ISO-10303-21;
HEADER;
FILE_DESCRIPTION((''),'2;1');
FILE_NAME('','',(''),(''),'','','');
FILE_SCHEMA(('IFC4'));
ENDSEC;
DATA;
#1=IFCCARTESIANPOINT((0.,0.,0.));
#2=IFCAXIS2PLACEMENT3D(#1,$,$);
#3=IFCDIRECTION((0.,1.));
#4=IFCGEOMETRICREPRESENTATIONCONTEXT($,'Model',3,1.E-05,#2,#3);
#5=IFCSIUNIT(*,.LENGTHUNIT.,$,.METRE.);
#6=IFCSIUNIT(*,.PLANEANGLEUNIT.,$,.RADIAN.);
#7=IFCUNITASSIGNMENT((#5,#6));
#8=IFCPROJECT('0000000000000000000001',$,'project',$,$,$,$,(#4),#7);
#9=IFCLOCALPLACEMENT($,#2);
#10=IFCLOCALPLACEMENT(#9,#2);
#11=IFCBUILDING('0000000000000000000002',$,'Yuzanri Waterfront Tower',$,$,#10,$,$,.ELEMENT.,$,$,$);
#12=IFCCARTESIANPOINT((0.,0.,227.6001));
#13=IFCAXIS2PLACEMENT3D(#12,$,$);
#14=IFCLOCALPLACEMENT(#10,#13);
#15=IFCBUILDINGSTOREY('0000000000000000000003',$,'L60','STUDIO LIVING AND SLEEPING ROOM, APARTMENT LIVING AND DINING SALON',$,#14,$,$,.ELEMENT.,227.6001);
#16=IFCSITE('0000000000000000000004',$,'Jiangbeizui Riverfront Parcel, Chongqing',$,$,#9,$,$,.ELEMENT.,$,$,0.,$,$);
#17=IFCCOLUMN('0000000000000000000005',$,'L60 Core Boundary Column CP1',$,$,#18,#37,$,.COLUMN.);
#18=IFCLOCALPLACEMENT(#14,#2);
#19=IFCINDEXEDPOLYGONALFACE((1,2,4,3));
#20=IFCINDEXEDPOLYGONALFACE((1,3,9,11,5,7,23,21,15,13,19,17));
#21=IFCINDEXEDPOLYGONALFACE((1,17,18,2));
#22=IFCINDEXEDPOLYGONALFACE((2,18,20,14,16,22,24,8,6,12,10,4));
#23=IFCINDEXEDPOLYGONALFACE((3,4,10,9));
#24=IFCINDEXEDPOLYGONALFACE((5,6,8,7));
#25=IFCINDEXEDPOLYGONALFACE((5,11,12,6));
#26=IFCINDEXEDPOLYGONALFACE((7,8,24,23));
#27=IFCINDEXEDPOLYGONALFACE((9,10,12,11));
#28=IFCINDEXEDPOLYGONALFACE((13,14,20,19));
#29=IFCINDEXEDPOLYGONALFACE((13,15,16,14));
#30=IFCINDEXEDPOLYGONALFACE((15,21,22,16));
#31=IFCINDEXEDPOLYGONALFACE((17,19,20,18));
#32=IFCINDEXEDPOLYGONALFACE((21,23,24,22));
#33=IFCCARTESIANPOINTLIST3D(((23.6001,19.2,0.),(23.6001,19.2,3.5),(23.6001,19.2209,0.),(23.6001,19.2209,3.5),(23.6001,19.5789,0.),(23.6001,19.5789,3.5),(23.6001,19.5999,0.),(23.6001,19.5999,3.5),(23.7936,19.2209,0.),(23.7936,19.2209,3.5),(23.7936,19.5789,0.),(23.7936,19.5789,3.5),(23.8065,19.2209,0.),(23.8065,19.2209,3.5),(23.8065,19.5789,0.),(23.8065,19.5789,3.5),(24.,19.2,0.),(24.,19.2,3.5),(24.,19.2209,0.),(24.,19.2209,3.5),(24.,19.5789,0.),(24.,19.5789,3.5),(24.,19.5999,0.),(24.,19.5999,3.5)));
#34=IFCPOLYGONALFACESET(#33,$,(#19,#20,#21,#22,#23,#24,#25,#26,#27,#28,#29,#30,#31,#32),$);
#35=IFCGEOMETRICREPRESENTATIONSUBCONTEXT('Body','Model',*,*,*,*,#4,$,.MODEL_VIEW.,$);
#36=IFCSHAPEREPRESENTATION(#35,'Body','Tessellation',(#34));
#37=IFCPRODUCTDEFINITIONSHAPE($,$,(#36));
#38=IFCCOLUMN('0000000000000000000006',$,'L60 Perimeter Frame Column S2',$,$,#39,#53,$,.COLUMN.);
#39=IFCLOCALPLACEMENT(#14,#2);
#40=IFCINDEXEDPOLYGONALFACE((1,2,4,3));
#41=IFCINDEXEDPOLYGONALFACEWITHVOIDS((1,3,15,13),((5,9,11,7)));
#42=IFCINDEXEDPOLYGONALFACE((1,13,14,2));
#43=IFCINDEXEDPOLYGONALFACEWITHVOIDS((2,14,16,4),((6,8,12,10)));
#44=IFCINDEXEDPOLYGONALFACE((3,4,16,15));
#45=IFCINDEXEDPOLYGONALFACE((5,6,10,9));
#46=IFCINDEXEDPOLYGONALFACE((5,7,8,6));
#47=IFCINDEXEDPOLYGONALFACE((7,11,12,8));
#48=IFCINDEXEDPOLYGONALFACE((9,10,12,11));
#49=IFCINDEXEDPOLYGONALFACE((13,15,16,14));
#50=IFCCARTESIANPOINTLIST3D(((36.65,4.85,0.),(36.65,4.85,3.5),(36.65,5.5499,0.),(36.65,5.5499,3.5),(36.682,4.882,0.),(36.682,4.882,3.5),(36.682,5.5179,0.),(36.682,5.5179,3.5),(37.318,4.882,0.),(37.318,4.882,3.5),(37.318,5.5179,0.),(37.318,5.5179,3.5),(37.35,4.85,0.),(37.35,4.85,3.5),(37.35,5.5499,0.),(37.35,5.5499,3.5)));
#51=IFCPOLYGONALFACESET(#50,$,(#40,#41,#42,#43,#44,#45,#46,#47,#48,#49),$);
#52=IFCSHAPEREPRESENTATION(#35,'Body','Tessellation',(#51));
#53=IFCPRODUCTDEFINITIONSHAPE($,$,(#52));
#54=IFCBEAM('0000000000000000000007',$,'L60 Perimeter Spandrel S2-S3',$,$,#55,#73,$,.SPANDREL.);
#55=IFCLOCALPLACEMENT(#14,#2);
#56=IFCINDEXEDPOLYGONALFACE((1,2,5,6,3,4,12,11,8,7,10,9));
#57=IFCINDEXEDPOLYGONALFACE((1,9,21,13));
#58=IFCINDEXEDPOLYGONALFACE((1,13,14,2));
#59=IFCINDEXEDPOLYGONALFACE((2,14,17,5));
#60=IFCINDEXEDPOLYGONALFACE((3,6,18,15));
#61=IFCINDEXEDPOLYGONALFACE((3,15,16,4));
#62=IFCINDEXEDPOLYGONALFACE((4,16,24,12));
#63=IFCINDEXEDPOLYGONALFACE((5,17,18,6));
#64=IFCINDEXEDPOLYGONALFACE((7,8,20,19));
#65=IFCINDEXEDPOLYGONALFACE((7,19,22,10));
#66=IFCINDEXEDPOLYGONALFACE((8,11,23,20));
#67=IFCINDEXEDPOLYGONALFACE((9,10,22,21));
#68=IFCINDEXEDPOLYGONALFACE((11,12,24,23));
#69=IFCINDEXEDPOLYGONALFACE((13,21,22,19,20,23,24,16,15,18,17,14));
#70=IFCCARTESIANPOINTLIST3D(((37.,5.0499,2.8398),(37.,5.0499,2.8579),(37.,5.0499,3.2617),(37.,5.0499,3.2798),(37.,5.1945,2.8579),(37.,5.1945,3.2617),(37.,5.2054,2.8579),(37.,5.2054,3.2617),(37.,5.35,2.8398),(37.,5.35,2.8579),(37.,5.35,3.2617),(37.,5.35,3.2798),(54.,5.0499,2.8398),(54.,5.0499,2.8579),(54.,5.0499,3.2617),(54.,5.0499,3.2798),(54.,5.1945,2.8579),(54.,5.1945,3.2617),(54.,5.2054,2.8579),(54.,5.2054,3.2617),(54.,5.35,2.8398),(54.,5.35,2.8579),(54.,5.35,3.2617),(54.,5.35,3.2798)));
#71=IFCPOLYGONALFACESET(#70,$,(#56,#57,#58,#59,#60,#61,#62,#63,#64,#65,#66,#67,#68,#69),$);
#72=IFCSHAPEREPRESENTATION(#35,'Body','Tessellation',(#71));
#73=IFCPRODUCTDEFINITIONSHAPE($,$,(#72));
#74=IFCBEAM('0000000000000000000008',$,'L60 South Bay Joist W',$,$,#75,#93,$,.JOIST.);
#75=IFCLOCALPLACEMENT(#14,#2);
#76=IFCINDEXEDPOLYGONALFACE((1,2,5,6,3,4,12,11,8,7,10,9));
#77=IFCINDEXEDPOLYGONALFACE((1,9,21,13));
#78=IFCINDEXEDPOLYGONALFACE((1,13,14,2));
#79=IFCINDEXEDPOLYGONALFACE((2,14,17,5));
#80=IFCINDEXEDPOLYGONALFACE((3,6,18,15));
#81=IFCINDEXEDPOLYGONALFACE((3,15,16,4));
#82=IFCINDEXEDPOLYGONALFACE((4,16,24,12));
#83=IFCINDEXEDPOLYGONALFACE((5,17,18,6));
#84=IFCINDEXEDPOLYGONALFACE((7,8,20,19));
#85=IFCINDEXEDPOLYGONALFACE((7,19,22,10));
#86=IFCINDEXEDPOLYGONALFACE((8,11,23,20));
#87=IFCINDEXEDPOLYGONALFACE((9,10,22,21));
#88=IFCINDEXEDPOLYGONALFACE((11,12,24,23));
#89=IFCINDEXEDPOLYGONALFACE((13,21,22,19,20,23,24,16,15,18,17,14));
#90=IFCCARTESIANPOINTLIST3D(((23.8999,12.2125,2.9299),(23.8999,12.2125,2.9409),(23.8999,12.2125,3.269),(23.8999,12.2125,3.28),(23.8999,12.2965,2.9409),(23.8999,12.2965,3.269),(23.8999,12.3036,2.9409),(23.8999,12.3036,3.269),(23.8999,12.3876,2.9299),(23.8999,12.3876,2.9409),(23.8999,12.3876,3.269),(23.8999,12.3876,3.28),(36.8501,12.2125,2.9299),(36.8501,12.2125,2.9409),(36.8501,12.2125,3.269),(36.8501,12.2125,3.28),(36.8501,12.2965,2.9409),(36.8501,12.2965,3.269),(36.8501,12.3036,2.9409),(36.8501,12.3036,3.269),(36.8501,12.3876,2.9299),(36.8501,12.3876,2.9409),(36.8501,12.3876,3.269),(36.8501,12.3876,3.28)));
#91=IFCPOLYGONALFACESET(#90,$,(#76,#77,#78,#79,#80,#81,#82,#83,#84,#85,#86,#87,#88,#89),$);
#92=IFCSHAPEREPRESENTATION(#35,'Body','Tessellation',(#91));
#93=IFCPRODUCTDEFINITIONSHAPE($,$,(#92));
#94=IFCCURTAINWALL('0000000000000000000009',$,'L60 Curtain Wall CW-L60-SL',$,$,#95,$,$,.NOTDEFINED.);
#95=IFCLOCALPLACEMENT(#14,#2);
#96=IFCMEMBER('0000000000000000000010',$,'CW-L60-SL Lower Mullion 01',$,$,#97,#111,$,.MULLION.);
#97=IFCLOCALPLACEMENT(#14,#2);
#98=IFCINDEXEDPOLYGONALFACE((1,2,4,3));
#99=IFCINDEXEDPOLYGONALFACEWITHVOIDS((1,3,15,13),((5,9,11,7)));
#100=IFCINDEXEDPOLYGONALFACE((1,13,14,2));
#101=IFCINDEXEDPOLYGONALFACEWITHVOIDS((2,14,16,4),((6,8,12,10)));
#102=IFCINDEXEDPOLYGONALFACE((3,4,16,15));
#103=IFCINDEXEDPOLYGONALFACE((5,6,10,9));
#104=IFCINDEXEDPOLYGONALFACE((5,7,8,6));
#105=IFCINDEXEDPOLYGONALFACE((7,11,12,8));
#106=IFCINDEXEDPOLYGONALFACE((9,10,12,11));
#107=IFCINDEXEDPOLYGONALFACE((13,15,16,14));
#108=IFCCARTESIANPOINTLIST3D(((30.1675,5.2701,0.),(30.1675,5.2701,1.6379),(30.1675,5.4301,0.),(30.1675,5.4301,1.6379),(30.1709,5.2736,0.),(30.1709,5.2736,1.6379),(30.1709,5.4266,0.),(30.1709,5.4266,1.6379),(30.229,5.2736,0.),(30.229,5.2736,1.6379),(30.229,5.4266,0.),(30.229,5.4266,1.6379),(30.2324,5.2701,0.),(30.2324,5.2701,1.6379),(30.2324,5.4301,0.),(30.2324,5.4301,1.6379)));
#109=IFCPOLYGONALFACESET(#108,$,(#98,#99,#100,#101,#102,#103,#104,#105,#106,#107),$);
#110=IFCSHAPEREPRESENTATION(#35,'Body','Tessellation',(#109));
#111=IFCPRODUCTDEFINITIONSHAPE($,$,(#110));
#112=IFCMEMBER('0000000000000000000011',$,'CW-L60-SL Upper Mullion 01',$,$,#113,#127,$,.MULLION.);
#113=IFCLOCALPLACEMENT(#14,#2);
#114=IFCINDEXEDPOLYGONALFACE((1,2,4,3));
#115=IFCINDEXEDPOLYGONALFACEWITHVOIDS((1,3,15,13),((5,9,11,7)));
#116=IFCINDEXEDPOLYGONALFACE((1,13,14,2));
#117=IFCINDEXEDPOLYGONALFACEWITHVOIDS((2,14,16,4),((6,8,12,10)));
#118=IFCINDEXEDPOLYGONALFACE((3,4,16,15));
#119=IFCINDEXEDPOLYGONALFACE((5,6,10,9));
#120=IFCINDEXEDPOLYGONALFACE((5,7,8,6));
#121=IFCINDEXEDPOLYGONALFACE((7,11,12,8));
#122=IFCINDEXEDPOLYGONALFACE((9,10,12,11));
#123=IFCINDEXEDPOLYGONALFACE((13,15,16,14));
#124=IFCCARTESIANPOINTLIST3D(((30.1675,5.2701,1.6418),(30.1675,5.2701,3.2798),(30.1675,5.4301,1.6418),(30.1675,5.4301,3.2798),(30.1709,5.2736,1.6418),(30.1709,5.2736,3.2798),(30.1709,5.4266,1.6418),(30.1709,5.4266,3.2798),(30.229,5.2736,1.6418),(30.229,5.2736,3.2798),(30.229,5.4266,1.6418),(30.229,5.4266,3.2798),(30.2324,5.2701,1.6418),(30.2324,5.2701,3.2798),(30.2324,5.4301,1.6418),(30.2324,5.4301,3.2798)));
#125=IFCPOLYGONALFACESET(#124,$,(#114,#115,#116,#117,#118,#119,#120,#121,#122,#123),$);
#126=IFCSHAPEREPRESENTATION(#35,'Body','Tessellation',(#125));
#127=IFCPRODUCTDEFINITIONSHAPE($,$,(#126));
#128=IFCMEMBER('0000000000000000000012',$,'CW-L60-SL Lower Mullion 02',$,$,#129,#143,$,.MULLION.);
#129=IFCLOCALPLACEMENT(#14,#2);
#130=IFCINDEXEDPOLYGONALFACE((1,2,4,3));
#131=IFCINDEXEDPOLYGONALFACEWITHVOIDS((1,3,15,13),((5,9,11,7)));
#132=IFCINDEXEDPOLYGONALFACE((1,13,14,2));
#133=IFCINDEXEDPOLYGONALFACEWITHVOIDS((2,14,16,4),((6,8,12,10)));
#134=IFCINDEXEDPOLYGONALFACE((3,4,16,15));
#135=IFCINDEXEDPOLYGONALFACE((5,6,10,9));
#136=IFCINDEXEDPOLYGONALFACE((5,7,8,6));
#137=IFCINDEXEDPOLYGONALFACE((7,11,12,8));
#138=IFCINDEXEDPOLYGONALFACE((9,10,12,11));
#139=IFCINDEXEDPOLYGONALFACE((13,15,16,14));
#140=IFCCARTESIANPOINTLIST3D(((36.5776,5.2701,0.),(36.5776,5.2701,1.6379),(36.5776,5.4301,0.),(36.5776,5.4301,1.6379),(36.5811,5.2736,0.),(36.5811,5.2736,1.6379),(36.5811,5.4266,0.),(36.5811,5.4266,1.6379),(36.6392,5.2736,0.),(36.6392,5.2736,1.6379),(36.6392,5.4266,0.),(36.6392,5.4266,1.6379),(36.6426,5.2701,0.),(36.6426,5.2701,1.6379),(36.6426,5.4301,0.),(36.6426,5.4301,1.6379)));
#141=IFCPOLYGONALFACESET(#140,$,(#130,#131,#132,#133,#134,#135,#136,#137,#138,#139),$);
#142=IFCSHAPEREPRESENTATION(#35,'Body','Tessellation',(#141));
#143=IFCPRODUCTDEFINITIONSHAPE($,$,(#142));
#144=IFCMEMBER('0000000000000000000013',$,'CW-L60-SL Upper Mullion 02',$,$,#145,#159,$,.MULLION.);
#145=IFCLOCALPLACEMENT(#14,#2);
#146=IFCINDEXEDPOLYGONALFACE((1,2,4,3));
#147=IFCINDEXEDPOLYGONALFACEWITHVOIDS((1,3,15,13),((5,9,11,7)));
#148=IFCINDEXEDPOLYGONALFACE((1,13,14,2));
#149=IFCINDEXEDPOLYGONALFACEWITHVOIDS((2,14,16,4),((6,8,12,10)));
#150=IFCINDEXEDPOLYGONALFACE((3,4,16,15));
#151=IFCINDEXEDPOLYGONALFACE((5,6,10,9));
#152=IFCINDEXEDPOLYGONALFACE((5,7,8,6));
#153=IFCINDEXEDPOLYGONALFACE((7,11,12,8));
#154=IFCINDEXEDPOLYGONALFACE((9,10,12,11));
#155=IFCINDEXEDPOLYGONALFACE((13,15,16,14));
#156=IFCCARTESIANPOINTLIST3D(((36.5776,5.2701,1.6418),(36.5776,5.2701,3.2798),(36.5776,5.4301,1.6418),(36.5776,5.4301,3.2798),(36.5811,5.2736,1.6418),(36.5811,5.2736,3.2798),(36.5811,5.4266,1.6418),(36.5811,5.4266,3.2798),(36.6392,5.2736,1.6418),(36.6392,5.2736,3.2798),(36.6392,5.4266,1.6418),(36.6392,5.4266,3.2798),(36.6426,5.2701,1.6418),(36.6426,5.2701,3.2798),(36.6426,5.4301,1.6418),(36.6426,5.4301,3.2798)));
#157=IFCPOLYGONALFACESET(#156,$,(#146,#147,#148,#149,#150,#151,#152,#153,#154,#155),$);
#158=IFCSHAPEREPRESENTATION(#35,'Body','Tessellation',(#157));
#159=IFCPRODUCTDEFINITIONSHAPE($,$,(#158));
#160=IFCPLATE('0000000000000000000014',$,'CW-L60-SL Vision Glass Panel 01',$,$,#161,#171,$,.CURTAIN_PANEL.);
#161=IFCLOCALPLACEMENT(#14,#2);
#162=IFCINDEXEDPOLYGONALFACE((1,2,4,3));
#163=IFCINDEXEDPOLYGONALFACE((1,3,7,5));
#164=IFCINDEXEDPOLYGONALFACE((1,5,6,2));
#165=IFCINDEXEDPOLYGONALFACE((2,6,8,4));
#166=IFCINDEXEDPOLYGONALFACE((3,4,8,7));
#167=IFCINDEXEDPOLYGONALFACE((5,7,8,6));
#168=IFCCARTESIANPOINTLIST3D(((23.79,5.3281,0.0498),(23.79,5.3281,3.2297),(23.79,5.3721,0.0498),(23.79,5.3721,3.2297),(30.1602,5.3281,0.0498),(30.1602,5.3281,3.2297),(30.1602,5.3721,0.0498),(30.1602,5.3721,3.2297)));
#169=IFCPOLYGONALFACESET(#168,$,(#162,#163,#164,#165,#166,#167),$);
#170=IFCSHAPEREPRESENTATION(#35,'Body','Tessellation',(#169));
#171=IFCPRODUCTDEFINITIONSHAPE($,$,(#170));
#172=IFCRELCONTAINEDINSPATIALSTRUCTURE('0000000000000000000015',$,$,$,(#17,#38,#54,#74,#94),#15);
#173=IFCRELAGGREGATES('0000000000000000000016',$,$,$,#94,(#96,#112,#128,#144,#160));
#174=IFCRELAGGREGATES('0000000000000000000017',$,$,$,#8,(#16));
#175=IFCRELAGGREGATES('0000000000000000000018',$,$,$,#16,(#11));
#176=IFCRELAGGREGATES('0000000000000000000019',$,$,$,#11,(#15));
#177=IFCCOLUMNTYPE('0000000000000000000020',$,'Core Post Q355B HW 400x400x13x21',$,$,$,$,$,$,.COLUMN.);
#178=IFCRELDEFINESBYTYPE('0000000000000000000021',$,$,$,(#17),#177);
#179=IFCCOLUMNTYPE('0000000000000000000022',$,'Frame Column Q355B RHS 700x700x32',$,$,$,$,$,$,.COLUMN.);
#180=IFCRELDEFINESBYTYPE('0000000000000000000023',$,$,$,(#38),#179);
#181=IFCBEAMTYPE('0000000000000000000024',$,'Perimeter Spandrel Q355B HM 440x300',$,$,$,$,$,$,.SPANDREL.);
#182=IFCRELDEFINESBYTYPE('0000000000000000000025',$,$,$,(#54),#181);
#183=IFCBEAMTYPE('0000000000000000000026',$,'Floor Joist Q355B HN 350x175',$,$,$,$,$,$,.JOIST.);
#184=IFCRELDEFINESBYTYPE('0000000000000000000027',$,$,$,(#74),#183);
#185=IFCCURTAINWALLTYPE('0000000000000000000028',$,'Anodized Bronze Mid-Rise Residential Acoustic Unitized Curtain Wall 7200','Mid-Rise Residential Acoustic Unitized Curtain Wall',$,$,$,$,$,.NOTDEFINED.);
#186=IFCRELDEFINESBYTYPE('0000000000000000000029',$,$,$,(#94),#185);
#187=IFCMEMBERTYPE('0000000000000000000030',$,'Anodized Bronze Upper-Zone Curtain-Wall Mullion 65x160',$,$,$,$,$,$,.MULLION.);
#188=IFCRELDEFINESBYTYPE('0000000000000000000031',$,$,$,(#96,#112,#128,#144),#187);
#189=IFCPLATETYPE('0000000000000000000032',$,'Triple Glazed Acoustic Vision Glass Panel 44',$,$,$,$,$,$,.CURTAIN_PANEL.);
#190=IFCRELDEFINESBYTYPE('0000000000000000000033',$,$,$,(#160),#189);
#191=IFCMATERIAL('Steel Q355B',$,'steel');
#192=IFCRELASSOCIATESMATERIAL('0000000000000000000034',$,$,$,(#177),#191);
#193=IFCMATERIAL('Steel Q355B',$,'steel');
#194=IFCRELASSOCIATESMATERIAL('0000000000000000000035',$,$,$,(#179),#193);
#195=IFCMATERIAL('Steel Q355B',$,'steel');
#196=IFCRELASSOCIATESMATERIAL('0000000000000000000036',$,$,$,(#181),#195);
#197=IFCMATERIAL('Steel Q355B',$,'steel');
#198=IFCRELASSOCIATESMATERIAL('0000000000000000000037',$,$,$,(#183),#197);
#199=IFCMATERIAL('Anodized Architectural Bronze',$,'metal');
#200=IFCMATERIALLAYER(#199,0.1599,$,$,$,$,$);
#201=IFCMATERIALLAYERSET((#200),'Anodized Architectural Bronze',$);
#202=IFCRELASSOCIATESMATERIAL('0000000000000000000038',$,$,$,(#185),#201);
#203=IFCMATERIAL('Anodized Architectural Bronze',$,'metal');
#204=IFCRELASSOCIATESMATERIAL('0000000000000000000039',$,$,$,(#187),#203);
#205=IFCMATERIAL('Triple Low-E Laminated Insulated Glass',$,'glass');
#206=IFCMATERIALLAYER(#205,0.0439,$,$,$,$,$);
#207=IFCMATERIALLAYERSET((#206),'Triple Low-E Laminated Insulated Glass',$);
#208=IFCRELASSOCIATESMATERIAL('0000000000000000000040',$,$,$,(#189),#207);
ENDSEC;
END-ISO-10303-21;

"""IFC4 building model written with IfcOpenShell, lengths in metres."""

from ifc_helpers import new_model, si_unit, direction, frame, origin, origin_2d, place, context, subcontext, project, spatial, rectangle, hollow_rectangle, i_section, extrude, source, transform, mapped, material, layer, layer_set, material_profile, profile_set, type_object, element, aggregate, save


model = new_model("IFC4")

# Units and contexts
model_context = context("Model", 3, precision=1e-05, world=origin(), true_north=direction((0.0, 1.0)))
body_context = subcontext(model_context, "Body", "Model", "MODEL_VIEW")
ifc_project = project(units=[si_unit("LENGTHUNIT", "METRE"), si_unit("PLANEANGLEUNIT", "RADIAN")], contexts=[model_context])

# Site, building, storey
site_placement = place(None, origin())
site = spatial("IfcSite", under=ifc_project, at=site_placement, Name="Jiangbeizui Riverfront Parcel, Chongqing", CompositionType="ELEMENT", RefElevation=0.0)
building_placement = place(site_placement, origin())
building = spatial("IfcBuilding", under=site, at=building_placement, Name="Yuzanri Waterfront Tower", CompositionType="ELEMENT")
storey_placement = place(building_placement, frame((0.0, 0.0, 227.6001)))
storey = spatial("IfcBuildingStorey", under=building, at=storey_placement, Name="L60", Description="STUDIO LIVING AND SLEEPING ROOM, APARTMENT LIVING AND DINING SALON", CompositionType="ELEMENT", Elevation=227.6001)

# Columns
ifc_material_1 = material(Name="Steel Q355B", Category="steel")
ifc_material_profile_1 = material_profile(ifc_material_1, i_section(OverallWidth=0.3999, OverallDepth=0.3999, WebThickness=0.0129, FlangeThickness=0.021, at=origin_2d()), Name="HW 400x400x13x21")
ifc_profile_set_1 = profile_set([ifc_material_profile_1], Name="Steel Q355B")
column_type_1 = type_object("IfcColumnType", Name="Core Post Q355B HW 400x400x13x21", PredefinedType="COLUMN", material=ifc_profile_set_1)
shared_shape_1 = source(origin(), body_context, "Body", "SweptSolid", [
    extrude(i_section(OverallWidth=0.3999, OverallDepth=0.3999, WebThickness=0.0129, FlangeThickness=0.021, at=origin_2d()), origin(), (0.0, 0.0, 1.0), 3.5),
])
column_1_placement = place(storey_placement, frame((23.8, 19.3999, 0.0), z_axis=(0.0, 0.0, 1.0), x_axis=(1.0, 0.0, 0.0)))
element("IfcColumn", 1, at=column_1_placement, inside=storey, type_object=column_type_1, Name="L60 Core Boundary Column CP1", PredefinedType="COLUMN", context=body_context, shape_type="MappedRepresentation", body=[
    mapped(shared_shape_1, transform((0.0, 0.0, 0.0), scale=1.0)),
])
ifc_material_2 = material(Name="Steel Q355B", Category="steel")
ifc_material_profile_2 = material_profile(ifc_material_2, hollow_rectangle(XDim=0.7, YDim=0.7, WallThickness=0.032, at=origin_2d()), Name="RHS 700x700x32")
ifc_profile_set_2 = profile_set([ifc_material_profile_2], Name="Steel Q355B")
column_type_2 = type_object("IfcColumnType", Name="Frame Column Q355B RHS 700x700x32", PredefinedType="COLUMN", material=ifc_profile_set_2)
shared_shape_2 = source(origin(), body_context, "Body", "SweptSolid", [
    extrude(hollow_rectangle(XDim=0.7, YDim=0.7, WallThickness=0.032, at=origin_2d()), origin(), (0.0, 0.0, 1.0), 3.5),
])
column_2_placement = place(storey_placement, frame((37.0, 5.2, 0.0), z_axis=(0.0, 0.0, 1.0), x_axis=(1.0, 0.0, 0.0)))
element("IfcColumn", 2, at=column_2_placement, inside=storey, type_object=column_type_2, Name="L60 Perimeter Frame Column S2", PredefinedType="COLUMN", context=body_context, shape_type="MappedRepresentation", body=[
    mapped(shared_shape_2, transform((0.0, 0.0, 0.0), scale=1.0)),
])

# Beams
ifc_material_3 = material(Name="Steel Q355B", Category="steel")
ifc_material_profile_3 = material_profile(ifc_material_3, i_section(OverallWidth=0.3, OverallDepth=0.4399, WebThickness=0.011, FlangeThickness=0.0181, at=origin_2d()), Name="HM 440x300x11x18")
ifc_profile_set_3 = profile_set([ifc_material_profile_3], Name="Steel Q355B")
beam_type_1 = type_object("IfcBeamType", Name="Perimeter Spandrel Q355B HM 440x300", PredefinedType="SPANDREL", material=ifc_profile_set_3)
shared_shape_3 = source(origin(), body_context, "Body", "SweptSolid", [
    extrude(i_section(OverallWidth=0.3, OverallDepth=0.4399, WebThickness=0.011, FlangeThickness=0.0181, at=origin_2d()), origin(), (0.0, 0.0, 1.0), 17.0),
])
beam_1_placement = place(storey_placement, frame((37.0, 5.2, 3.0598), z_axis=(1.0, 0.0, 0.0), x_axis=(0.0, 1.0, 0.0)))
element("IfcBeam", 3, at=beam_1_placement, inside=storey, type_object=beam_type_1, Name="L60 Perimeter Spandrel S2-S3", PredefinedType="SPANDREL", context=body_context, shape_type="MappedRepresentation", body=[
    mapped(shared_shape_3, transform((0.0, 0.0, 0.0), scale=1.0)),
])
ifc_material_4 = material(Name="Steel Q355B", Category="steel")
ifc_material_profile_4 = material_profile(ifc_material_4, i_section(OverallWidth=0.175, OverallDepth=0.3501, WebThickness=0.0071, FlangeThickness=0.011, at=origin_2d()), Name="HN 350x175x7x11")
ifc_profile_set_4 = profile_set([ifc_material_profile_4], Name="Steel Q355B")
beam_type_2 = type_object("IfcBeamType", Name="Floor Joist Q355B HN 350x175", PredefinedType="JOIST", material=ifc_profile_set_4)
shared_shape_4 = source(origin(), body_context, "Body", "SweptSolid", [
    extrude(i_section(OverallWidth=0.175, OverallDepth=0.3501, WebThickness=0.0071, FlangeThickness=0.011, at=origin_2d()), origin(), (0.0, 0.0, 1.0), 12.9502),
])
beam_2_placement = place(storey_placement, frame((23.8999, 12.3, 3.105), z_axis=(1.0, 0.0, 0.0), x_axis=(0.0, 1.0, 0.0)))
element("IfcBeam", 4, at=beam_2_placement, inside=storey, type_object=beam_type_2, Name="L60 South Bay Joist W", PredefinedType="JOIST", context=body_context, shape_type="MappedRepresentation", body=[
    mapped(shared_shape_4, transform((0.0, 0.0, 0.0), scale=1.0)),
])

# Curtain wall, members, plate
ifc_material_5 = material(Name="Anodized Architectural Bronze", Category="metal")
ifc_layer_1 = layer(ifc_material_5, 0.1599)
ifc_layer_set_1 = layer_set([ifc_layer_1], Name="Anodized Architectural Bronze")
curtain_wall_type = type_object("IfcCurtainWallType", Name="Anodized Bronze Mid-Rise Residential Acoustic Unitized Curtain Wall 7200", Description="Mid-Rise Residential Acoustic Unitized Curtain Wall", PredefinedType="NOTDEFINED", material=ifc_layer_set_1)
curtain_wall_placement = place(storey_placement, origin())
curtain_wall = element("IfcCurtainWall", 5, at=curtain_wall_placement, inside=storey, type_object=curtain_wall_type, Name="L60 Curtain Wall CW-L60-SL", PredefinedType="NOTDEFINED")
ifc_material_6 = material(Name="Anodized Architectural Bronze", Category="metal")
ifc_material_profile_5 = material_profile(ifc_material_6, hollow_rectangle(XDim=0.0649, YDim=0.1599, WallThickness=0.0034, at=origin_2d()), Name="CWM 65x160")
ifc_profile_set_5 = profile_set([ifc_material_profile_5], Name="Anodized Architectural Bronze")
member_type = type_object("IfcMemberType", Name="Anodized Bronze Upper-Zone Curtain-Wall Mullion 65x160", PredefinedType="MULLION", material=ifc_profile_set_5)
shared_shape_5 = source(origin(), body_context, "Body", "SweptSolid", [
    extrude(hollow_rectangle(XDim=0.0649, YDim=0.1599, WallThickness=0.0034, at=origin_2d()), origin(), (0.0, 0.0, 1.0), 1.6379),
])
member_1_placement = place(storey_placement, frame((30.2, 5.3501, 0.0), z_axis=(0.0, 0.0, 1.0), x_axis=(1.0, 0.0, 0.0)))
member_1 = element("IfcMember", 6, at=member_1_placement, type_object=member_type, Name="CW-L60-SL Lower Mullion 01", PredefinedType="MULLION", context=body_context, shape_type="MappedRepresentation", body=[
    mapped(shared_shape_5, transform((0.0, 0.0, 0.0), scale=1.0)),
])
member_2_placement = place(storey_placement, frame((30.2, 5.3501, 1.6418), z_axis=(0.0, 0.0, 1.0), x_axis=(1.0, 0.0, 0.0)))
member_2 = element("IfcMember", 7, at=member_2_placement, type_object=member_type, Name="CW-L60-SL Upper Mullion 01", PredefinedType="MULLION", context=body_context, shape_type="MappedRepresentation", body=[
    mapped(shared_shape_5, transform((0.0, 0.0, 0.0), scale=1.0)),
])
member_3_placement = place(storey_placement, frame((36.6101, 5.3501, 0.0), z_axis=(0.0, 0.0, 1.0), x_axis=(1.0, 0.0, 0.0)))
member_3 = element("IfcMember", 8, at=member_3_placement, type_object=member_type, Name="CW-L60-SL Lower Mullion 02", PredefinedType="MULLION", context=body_context, shape_type="MappedRepresentation", body=[
    mapped(shared_shape_5, transform((0.0, 0.0, 0.0), scale=1.0)),
])
member_4_placement = place(storey_placement, frame((36.6101, 5.3501, 1.6418), z_axis=(0.0, 0.0, 1.0), x_axis=(1.0, 0.0, 0.0)))
member_4 = element("IfcMember", 9, at=member_4_placement, type_object=member_type, Name="CW-L60-SL Upper Mullion 02", PredefinedType="MULLION", context=body_context, shape_type="MappedRepresentation", body=[
    mapped(shared_shape_5, transform((0.0, 0.0, 0.0), scale=1.0)),
])
ifc_material_7 = material(Name="Triple Low-E Laminated Insulated Glass", Category="glass")
ifc_layer_2 = layer(ifc_material_7, 0.0439)
ifc_layer_set_2 = layer_set([ifc_layer_2], Name="Triple Low-E Laminated Insulated Glass")
plate_type = type_object("IfcPlateType", Name="Triple Glazed Acoustic Vision Glass Panel 44", PredefinedType="CURTAIN_PANEL", material=ifc_layer_set_2)
shared_shape_6 = source(origin(), body_context, "Body", "SweptSolid", [
    extrude(rectangle(XDim=6.3701, YDim=0.0439, at=origin_2d()), origin(), (0.0, 0.0, 1.0), 3.1799),
])
plate_1_placement = place(storey_placement, frame((26.9751, 5.3501, 0.0498), z_axis=(0.0, 0.0, 1.0), x_axis=(1.0, 0.0, 0.0)))
plate_1 = element("IfcPlate", 10, at=plate_1_placement, type_object=plate_type, Name="CW-L60-SL Vision Glass Panel 01", PredefinedType="CURTAIN_PANEL", context=body_context, shape_type="MappedRepresentation", body=[
    mapped(shared_shape_6, transform((0.0, 0.0, 0.0), scale=1.0)),
])
aggregate(curtain_wall, [member_1, member_2, member_3, member_4, plate_1])

save(model, "model.ifc")
